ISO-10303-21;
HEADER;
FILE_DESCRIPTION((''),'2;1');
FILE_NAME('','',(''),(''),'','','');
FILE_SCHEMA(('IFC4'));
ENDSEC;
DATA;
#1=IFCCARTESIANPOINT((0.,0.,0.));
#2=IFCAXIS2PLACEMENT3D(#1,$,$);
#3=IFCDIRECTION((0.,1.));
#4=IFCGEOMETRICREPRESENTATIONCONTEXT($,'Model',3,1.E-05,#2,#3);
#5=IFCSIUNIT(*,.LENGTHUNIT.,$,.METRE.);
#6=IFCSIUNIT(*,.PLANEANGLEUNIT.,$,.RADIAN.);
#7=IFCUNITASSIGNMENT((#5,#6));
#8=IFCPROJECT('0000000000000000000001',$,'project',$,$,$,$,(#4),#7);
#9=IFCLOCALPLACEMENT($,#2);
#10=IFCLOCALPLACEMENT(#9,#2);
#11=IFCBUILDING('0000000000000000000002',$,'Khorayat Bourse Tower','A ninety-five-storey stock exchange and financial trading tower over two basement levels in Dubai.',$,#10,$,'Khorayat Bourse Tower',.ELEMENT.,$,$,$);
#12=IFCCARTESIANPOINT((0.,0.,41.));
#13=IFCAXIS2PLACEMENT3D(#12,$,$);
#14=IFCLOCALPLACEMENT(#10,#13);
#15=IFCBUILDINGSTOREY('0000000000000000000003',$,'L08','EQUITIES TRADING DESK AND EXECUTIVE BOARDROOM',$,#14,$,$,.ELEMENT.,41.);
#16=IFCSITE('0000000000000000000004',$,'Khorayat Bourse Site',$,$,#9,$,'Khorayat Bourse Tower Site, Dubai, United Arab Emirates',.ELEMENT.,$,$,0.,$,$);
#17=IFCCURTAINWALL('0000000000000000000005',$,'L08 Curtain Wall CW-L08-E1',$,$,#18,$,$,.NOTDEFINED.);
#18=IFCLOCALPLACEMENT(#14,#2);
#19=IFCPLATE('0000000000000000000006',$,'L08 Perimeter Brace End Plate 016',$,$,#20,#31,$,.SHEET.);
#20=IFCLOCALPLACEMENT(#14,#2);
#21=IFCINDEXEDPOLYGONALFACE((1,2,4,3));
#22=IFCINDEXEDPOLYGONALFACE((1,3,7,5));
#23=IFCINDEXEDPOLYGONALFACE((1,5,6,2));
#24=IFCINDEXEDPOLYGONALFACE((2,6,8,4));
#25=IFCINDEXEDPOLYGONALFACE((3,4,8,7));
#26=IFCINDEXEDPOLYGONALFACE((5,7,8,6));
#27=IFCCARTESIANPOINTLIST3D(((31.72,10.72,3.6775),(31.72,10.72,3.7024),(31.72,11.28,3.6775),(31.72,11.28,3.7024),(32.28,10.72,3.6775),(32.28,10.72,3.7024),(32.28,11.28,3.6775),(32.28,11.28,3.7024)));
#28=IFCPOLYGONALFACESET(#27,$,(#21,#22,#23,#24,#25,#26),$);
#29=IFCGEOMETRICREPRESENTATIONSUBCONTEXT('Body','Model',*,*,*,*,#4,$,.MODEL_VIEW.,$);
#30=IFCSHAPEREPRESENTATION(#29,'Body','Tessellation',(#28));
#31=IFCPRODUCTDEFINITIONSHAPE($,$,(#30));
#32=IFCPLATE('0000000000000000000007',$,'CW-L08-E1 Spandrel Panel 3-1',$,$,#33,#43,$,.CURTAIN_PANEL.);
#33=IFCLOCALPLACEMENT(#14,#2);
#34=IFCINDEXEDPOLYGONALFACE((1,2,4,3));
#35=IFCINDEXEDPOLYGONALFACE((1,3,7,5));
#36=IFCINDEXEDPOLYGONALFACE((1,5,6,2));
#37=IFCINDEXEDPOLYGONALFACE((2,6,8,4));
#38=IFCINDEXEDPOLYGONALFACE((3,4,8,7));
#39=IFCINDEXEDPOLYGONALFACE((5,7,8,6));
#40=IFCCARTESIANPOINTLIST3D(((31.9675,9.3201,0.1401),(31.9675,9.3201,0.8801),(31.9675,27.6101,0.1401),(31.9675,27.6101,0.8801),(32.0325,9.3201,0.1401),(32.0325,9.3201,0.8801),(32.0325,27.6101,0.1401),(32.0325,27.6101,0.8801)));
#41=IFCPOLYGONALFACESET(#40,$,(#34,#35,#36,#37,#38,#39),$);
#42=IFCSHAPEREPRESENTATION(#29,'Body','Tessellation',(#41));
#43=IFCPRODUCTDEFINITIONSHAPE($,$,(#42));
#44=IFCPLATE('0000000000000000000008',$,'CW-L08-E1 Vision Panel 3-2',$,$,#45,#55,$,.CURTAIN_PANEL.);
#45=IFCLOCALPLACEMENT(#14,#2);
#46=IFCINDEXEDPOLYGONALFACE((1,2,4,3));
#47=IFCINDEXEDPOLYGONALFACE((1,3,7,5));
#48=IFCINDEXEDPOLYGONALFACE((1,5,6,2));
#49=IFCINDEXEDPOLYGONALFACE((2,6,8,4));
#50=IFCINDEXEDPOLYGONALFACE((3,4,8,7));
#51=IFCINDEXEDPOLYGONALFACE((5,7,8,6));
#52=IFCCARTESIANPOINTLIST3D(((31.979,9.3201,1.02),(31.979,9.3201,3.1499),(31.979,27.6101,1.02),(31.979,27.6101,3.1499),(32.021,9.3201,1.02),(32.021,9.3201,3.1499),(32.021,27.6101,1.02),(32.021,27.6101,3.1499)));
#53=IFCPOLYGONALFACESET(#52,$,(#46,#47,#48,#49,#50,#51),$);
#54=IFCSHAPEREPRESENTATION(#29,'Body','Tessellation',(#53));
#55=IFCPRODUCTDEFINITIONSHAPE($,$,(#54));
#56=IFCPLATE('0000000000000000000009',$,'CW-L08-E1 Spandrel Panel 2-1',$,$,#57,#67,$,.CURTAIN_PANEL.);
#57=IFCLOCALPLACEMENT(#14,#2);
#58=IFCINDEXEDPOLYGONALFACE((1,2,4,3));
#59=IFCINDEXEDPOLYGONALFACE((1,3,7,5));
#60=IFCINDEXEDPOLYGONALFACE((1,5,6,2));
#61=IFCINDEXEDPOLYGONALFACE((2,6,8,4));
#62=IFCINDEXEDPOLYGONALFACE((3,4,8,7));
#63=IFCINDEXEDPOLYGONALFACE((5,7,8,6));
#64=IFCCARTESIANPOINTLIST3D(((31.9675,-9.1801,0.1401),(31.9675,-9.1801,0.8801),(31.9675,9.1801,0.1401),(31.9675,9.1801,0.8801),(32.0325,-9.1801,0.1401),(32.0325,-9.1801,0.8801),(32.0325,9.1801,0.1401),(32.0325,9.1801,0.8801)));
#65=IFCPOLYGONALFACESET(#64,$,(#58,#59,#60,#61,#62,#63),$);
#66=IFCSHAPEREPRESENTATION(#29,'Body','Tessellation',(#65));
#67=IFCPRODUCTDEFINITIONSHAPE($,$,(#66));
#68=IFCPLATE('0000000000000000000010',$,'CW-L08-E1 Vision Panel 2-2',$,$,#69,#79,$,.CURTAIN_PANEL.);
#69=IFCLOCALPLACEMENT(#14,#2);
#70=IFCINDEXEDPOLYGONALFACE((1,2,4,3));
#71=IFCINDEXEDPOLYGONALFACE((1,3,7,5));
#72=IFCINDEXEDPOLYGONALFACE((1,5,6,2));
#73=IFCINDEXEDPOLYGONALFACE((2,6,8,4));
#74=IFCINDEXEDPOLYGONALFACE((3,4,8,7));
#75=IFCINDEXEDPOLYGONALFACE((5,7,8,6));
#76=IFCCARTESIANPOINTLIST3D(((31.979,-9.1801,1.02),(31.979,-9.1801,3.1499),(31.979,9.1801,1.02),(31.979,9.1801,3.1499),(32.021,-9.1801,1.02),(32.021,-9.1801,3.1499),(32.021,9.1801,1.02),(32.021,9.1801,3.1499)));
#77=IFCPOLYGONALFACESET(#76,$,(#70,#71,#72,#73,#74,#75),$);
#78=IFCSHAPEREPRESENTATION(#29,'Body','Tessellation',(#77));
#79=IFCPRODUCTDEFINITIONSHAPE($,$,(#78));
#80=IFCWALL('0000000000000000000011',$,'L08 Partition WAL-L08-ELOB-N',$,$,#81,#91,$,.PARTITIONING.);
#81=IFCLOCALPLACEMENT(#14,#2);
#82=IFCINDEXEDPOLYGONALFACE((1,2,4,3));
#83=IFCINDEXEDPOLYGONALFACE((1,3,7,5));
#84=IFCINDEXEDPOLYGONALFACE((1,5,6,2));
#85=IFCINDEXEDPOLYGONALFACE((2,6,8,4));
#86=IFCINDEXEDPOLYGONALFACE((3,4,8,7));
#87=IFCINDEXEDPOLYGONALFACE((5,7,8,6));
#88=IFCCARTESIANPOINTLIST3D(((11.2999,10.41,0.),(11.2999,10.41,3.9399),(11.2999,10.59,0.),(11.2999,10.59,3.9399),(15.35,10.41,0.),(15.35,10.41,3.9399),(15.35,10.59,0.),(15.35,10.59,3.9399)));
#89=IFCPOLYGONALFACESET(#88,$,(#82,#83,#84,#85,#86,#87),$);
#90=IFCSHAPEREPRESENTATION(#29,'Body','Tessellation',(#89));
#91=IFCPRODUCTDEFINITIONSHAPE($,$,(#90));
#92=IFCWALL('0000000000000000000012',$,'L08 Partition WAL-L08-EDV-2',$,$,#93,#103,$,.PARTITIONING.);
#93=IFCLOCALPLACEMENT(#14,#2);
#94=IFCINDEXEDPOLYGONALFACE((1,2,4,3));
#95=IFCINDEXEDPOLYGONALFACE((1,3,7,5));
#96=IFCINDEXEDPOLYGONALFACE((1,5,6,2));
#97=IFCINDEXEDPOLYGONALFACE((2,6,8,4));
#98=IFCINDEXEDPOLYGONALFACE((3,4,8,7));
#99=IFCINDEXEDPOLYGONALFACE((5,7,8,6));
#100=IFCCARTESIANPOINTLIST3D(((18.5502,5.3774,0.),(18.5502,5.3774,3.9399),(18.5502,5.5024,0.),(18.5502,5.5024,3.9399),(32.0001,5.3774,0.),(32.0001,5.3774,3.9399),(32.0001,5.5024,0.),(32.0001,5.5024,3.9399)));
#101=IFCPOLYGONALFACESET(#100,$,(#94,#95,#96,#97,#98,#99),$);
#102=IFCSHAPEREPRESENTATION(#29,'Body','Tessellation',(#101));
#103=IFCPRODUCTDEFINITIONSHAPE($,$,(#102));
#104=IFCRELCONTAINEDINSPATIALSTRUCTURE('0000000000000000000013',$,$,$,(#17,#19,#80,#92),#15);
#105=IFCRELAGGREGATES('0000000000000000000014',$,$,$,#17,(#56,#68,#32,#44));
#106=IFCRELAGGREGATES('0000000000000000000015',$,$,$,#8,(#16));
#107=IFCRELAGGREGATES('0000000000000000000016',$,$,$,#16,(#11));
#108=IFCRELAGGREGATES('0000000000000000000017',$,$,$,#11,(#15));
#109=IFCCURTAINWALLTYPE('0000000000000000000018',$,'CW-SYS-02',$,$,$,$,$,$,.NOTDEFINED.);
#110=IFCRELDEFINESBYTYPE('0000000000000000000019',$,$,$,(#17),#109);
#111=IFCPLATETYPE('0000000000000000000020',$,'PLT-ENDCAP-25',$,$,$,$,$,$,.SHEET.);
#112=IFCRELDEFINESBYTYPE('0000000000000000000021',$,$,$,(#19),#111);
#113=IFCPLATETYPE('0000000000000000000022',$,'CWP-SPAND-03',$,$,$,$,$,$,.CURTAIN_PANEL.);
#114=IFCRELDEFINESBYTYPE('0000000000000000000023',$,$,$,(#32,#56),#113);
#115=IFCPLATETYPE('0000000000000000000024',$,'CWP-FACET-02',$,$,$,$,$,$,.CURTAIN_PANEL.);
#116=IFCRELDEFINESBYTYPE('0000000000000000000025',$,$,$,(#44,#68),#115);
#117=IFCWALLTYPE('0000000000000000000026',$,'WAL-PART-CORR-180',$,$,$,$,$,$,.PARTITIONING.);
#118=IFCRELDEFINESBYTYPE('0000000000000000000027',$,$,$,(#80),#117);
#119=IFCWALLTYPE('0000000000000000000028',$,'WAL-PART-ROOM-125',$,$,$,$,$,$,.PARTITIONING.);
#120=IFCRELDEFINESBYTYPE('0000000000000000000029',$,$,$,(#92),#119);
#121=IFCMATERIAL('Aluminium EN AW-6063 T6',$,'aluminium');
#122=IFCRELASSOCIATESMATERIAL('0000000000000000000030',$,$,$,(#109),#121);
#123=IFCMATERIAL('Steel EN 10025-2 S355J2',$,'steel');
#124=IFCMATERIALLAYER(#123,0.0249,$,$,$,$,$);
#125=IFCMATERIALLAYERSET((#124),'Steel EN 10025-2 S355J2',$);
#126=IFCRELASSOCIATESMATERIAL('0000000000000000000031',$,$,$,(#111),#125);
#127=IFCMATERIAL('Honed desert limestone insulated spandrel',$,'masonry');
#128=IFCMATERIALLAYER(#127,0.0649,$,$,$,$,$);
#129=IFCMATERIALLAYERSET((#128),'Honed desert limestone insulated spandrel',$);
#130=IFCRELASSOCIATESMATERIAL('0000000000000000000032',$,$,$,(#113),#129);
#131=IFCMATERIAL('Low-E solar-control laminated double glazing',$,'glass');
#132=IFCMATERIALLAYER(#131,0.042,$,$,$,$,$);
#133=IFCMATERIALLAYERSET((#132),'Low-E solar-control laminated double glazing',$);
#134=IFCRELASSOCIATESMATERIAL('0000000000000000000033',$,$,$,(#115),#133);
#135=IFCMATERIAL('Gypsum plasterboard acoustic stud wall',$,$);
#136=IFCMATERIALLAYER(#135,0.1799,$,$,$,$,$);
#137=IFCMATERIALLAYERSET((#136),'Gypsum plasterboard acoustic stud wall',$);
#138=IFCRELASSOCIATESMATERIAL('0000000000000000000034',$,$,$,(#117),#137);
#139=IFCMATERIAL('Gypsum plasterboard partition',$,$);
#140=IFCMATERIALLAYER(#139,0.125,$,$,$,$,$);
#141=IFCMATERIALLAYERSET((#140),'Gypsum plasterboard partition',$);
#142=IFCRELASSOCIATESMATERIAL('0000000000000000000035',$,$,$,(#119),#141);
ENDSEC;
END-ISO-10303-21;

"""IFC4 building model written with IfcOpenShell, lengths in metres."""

from ifc_helpers import new_model, si_unit, direction, frame, frame_2d, origin, origin_2d, place, context, subcontext, project, spatial, rectangle, extrude, source, transform, mapped, material, layer, layer_set, type_object, element, aggregate, save


model = new_model("IFC4")

# Units and contexts
model_context = context("Model", 3, precision=1e-05, world=origin(), true_north=direction((0.0, 1.0)))
body_context = subcontext(model_context, "Body", "Model", "MODEL_VIEW")
ifc_project = project(units=[si_unit("LENGTHUNIT", "METRE"), si_unit("PLANEANGLEUNIT", "RADIAN")], contexts=[model_context])

# Site, building, storey
site_placement = place(None, origin())
site = spatial("IfcSite", under=ifc_project, at=site_placement, Name="Khorayat Bourse Site", LongName="Khorayat Bourse Tower Site, Dubai, United Arab Emirates", CompositionType="ELEMENT", RefElevation=0.0)
building_placement = place(site_placement, origin())
building = spatial("IfcBuilding", under=site, at=building_placement, Name="Khorayat Bourse Tower", Description="A ninety-five-storey stock exchange and financial trading tower over two basement levels in Dubai.", LongName="Khorayat Bourse Tower", CompositionType="ELEMENT")
storey_placement = place(building_placement, frame((0.0, 0.0, 41.0)))
storey = spatial("IfcBuildingStorey", under=building, at=storey_placement, Name="L08", Description="EQUITIES TRADING DESK AND EXECUTIVE BOARDROOM", CompositionType="ELEMENT", Elevation=41.0)

# Curtain wall
ifc_material_1 = material(Name="Aluminium EN AW-6063 T6", Category="aluminium")
curtain_wall_type = type_object("IfcCurtainWallType", Name="CW-SYS-02", PredefinedType="NOTDEFINED", material=ifc_material_1)
curtain_wall_placement = place(storey_placement, origin())
curtain_wall = element("IfcCurtainWall", 1, at=curtain_wall_placement, inside=storey, type_object=curtain_wall_type, Name="L08 Curtain Wall CW-L08-E1", PredefinedType="NOTDEFINED")

# Plate
ifc_material_2 = material(Name="Steel EN 10025-2 S355J2", Category="steel")
ifc_layer_1 = layer(ifc_material_2, 0.0249)
ifc_layer_set_1 = layer_set([ifc_layer_1], Name="Steel EN 10025-2 S355J2")
plate_type_1 = type_object("IfcPlateType", Name="PLT-ENDCAP-25", PredefinedType="SHEET", material=ifc_layer_set_1)
shared_shape_1 = source(origin(), body_context, "Body", "SweptSolid", [
    extrude(rectangle(XDim=0.5601, YDim=0.5601, at=origin_2d()), origin(), (0.0, 0.0, 1.0), 0.0249),
])
for number, where, z_axis, x_axis, name in (
    (2, (32.0, 11.0, 3.6775), (0.0, 0.0, 1.0), (1.0, 0.0, 0.0), "L08 Perimeter Brace End Plate 016"),
):
    element("IfcPlate", number, at=place(storey_placement, frame(where, z_axis=z_axis, x_axis=x_axis)), inside=storey, type_object=plate_type_1, Name=name, PredefinedType="SHEET", context=body_context, shape_type="MappedRepresentation", body=[
        mapped(shared_shape_1, transform((0.0, 0.0, 0.0), scale=1.0)),
    ])

# Plates
ifc_material_3 = material(Name="Honed desert limestone insulated spandrel", Category="masonry")
ifc_layer_2 = layer(ifc_material_3, 0.0649)
ifc_layer_set_2 = layer_set([ifc_layer_2], Name="Honed desert limestone insulated spandrel")
plate_type_2 = type_object("IfcPlateType", Name="CWP-SPAND-03", PredefinedType="CURTAIN_PANEL", material=ifc_layer_set_2)
shared_shape_2 = source(origin(), body_context, "Body", "SweptSolid", [
    extrude(rectangle(XDim=18.29, YDim=0.0649, at=origin_2d()), origin(), (0.0, 0.0, 1.0), 0.74),
])
plate_1_placement = place(storey_placement, frame((32.0, 18.4651, 0.1401), z_axis=(0.0, 0.0, 1.0), x_axis=(0.0, 1.0, 0.0)))
plate_1 = element("IfcPlate", 3, at=plate_1_placement, type_object=plate_type_2, Name="CW-L08-E1 Spandrel Panel 3-1", PredefinedType="CURTAIN_PANEL", context=body_context, shape_type="MappedRepresentation", body=[
    mapped(shared_shape_2, transform((0.0, 0.0, 0.0), scale=1.0)),
])
ifc_material_4 = material(Name="Low-E solar-control laminated double glazing", Category="glass")
ifc_layer_3 = layer(ifc_material_4, 0.042)
ifc_layer_set_3 = layer_set([ifc_layer_3], Name="Low-E solar-control laminated double glazing")
plate_type_3 = type_object("IfcPlateType", Name="CWP-FACET-02", PredefinedType="CURTAIN_PANEL", material=ifc_layer_set_3)
shared_shape_3 = source(origin(), body_context, "Body", "SweptSolid", [
    extrude(rectangle(XDim=18.29, YDim=0.042, at=origin_2d()), origin(), (0.0, 0.0, 1.0), 2.1299),
])
plate_2_placement = place(storey_placement, frame((32.0, 18.4651, 1.02), z_axis=(0.0, 0.0, 1.0), x_axis=(0.0, 1.0, 0.0)))
plate_2 = element("IfcPlate", 4, at=plate_2_placement, type_object=plate_type_3, Name="CW-L08-E1 Vision Panel 3-2", PredefinedType="CURTAIN_PANEL", context=body_context, shape_type="MappedRepresentation", body=[
    mapped(shared_shape_3, transform((0.0, 0.0, 0.0), scale=1.0)),
])
shared_shape_4 = source(origin(), body_context, "Body", "SweptSolid", [
    extrude(rectangle(XDim=18.3601, YDim=0.0649, at=origin_2d()), origin(), (0.0, 0.0, 1.0), 0.74),
])
plate_3_placement = place(storey_placement, frame((32.0, 0.0, 0.1401), z_axis=(0.0, 0.0, 1.0), x_axis=(0.0, 1.0, 0.0)))
plate_3 = element("IfcPlate", 5, at=plate_3_placement, type_object=plate_type_2, Name="CW-L08-E1 Spandrel Panel 2-1", PredefinedType="CURTAIN_PANEL", context=body_context, shape_type="MappedRepresentation", body=[
    mapped(shared_shape_4, transform((0.0, 0.0, 0.0), scale=1.0)),
])
shared_shape_5 = source(origin(), body_context, "Body", "SweptSolid", [
    extrude(rectangle(XDim=18.3601, YDim=0.042, at=origin_2d()), origin(), (0.0, 0.0, 1.0), 2.1299),
])
plate_4_placement = place(storey_placement, frame((32.0, 0.0, 1.02), z_axis=(0.0, 0.0, 1.0), x_axis=(0.0, 1.0, 0.0)))
plate_4 = element("IfcPlate", 6, at=plate_4_placement, type_object=plate_type_3, Name="CW-L08-E1 Vision Panel 2-2", PredefinedType="CURTAIN_PANEL", context=body_context, shape_type="MappedRepresentation", body=[
    mapped(shared_shape_5, transform((0.0, 0.0, 0.0), scale=1.0)),
])
aggregate(curtain_wall, [plate_3, plate_4, plate_1, plate_2])

# Walls
ifc_material_5 = material(Name="Gypsum plasterboard acoustic stud wall")
ifc_layer_4 = layer(ifc_material_5, 0.1799)
ifc_layer_set_4 = layer_set([ifc_layer_4], Name="Gypsum plasterboard acoustic stud wall")
wall_type_1 = type_object("IfcWallType", Name="WAL-PART-CORR-180", PredefinedType="PARTITIONING", material=ifc_layer_set_4)
shared_shape_6 = source(origin(), body_context, "Body", "SweptSolid", [
    extrude(rectangle(XDim=4.05, YDim=0.1799, at=frame_2d((2.0249, 0.0))), origin(), (0.0, 0.0, 1.0), 3.9399),
])
wall_1_placement = place(storey_placement, frame((11.3, 10.5, 0.0), z_axis=(0.0, 0.0, 1.0), x_axis=(1.0, 0.0, 0.0)))
element("IfcWall", 7, at=wall_1_placement, inside=storey, type_object=wall_type_1, Name="L08 Partition WAL-L08-ELOB-N", PredefinedType="PARTITIONING", context=body_context, shape_type="MappedRepresentation", body=[
    mapped(shared_shape_6, transform((0.0, 0.0, 0.0), scale=1.0)),
])
ifc_material_6 = material(Name="Gypsum plasterboard partition")
ifc_layer_5 = layer(ifc_material_6, 0.125)
ifc_layer_set_5 = layer_set([ifc_layer_5], Name="Gypsum plasterboard partition")
wall_type_2 = type_object("IfcWallType", Name="WAL-PART-ROOM-125", PredefinedType="PARTITIONING", material=ifc_layer_set_5)
shared_shape_7 = source(origin(), body_context, "Body", "SweptSolid", [
    extrude(rectangle(XDim=13.45, YDim=0.125, at=frame_2d((6.7251, 0.0))), origin(), (0.0, 0.0, 1.0), 3.9399),
])
wall_2_placement = place(storey_placement, frame((18.55, 5.4399, 0.0), z_axis=(0.0, 0.0, 1.0), x_axis=(1.0, 0.0, 0.0)))
element("IfcWall", 8, at=wall_2_placement, inside=storey, type_object=wall_type_2, Name="L08 Partition WAL-L08-EDV-2", PredefinedType="PARTITIONING", context=body_context, shape_type="MappedRepresentation", body=[
    mapped(shared_shape_7, transform((0.0, 0.0, 0.0), scale=1.0)),
])

save(model, "model.ifc")
